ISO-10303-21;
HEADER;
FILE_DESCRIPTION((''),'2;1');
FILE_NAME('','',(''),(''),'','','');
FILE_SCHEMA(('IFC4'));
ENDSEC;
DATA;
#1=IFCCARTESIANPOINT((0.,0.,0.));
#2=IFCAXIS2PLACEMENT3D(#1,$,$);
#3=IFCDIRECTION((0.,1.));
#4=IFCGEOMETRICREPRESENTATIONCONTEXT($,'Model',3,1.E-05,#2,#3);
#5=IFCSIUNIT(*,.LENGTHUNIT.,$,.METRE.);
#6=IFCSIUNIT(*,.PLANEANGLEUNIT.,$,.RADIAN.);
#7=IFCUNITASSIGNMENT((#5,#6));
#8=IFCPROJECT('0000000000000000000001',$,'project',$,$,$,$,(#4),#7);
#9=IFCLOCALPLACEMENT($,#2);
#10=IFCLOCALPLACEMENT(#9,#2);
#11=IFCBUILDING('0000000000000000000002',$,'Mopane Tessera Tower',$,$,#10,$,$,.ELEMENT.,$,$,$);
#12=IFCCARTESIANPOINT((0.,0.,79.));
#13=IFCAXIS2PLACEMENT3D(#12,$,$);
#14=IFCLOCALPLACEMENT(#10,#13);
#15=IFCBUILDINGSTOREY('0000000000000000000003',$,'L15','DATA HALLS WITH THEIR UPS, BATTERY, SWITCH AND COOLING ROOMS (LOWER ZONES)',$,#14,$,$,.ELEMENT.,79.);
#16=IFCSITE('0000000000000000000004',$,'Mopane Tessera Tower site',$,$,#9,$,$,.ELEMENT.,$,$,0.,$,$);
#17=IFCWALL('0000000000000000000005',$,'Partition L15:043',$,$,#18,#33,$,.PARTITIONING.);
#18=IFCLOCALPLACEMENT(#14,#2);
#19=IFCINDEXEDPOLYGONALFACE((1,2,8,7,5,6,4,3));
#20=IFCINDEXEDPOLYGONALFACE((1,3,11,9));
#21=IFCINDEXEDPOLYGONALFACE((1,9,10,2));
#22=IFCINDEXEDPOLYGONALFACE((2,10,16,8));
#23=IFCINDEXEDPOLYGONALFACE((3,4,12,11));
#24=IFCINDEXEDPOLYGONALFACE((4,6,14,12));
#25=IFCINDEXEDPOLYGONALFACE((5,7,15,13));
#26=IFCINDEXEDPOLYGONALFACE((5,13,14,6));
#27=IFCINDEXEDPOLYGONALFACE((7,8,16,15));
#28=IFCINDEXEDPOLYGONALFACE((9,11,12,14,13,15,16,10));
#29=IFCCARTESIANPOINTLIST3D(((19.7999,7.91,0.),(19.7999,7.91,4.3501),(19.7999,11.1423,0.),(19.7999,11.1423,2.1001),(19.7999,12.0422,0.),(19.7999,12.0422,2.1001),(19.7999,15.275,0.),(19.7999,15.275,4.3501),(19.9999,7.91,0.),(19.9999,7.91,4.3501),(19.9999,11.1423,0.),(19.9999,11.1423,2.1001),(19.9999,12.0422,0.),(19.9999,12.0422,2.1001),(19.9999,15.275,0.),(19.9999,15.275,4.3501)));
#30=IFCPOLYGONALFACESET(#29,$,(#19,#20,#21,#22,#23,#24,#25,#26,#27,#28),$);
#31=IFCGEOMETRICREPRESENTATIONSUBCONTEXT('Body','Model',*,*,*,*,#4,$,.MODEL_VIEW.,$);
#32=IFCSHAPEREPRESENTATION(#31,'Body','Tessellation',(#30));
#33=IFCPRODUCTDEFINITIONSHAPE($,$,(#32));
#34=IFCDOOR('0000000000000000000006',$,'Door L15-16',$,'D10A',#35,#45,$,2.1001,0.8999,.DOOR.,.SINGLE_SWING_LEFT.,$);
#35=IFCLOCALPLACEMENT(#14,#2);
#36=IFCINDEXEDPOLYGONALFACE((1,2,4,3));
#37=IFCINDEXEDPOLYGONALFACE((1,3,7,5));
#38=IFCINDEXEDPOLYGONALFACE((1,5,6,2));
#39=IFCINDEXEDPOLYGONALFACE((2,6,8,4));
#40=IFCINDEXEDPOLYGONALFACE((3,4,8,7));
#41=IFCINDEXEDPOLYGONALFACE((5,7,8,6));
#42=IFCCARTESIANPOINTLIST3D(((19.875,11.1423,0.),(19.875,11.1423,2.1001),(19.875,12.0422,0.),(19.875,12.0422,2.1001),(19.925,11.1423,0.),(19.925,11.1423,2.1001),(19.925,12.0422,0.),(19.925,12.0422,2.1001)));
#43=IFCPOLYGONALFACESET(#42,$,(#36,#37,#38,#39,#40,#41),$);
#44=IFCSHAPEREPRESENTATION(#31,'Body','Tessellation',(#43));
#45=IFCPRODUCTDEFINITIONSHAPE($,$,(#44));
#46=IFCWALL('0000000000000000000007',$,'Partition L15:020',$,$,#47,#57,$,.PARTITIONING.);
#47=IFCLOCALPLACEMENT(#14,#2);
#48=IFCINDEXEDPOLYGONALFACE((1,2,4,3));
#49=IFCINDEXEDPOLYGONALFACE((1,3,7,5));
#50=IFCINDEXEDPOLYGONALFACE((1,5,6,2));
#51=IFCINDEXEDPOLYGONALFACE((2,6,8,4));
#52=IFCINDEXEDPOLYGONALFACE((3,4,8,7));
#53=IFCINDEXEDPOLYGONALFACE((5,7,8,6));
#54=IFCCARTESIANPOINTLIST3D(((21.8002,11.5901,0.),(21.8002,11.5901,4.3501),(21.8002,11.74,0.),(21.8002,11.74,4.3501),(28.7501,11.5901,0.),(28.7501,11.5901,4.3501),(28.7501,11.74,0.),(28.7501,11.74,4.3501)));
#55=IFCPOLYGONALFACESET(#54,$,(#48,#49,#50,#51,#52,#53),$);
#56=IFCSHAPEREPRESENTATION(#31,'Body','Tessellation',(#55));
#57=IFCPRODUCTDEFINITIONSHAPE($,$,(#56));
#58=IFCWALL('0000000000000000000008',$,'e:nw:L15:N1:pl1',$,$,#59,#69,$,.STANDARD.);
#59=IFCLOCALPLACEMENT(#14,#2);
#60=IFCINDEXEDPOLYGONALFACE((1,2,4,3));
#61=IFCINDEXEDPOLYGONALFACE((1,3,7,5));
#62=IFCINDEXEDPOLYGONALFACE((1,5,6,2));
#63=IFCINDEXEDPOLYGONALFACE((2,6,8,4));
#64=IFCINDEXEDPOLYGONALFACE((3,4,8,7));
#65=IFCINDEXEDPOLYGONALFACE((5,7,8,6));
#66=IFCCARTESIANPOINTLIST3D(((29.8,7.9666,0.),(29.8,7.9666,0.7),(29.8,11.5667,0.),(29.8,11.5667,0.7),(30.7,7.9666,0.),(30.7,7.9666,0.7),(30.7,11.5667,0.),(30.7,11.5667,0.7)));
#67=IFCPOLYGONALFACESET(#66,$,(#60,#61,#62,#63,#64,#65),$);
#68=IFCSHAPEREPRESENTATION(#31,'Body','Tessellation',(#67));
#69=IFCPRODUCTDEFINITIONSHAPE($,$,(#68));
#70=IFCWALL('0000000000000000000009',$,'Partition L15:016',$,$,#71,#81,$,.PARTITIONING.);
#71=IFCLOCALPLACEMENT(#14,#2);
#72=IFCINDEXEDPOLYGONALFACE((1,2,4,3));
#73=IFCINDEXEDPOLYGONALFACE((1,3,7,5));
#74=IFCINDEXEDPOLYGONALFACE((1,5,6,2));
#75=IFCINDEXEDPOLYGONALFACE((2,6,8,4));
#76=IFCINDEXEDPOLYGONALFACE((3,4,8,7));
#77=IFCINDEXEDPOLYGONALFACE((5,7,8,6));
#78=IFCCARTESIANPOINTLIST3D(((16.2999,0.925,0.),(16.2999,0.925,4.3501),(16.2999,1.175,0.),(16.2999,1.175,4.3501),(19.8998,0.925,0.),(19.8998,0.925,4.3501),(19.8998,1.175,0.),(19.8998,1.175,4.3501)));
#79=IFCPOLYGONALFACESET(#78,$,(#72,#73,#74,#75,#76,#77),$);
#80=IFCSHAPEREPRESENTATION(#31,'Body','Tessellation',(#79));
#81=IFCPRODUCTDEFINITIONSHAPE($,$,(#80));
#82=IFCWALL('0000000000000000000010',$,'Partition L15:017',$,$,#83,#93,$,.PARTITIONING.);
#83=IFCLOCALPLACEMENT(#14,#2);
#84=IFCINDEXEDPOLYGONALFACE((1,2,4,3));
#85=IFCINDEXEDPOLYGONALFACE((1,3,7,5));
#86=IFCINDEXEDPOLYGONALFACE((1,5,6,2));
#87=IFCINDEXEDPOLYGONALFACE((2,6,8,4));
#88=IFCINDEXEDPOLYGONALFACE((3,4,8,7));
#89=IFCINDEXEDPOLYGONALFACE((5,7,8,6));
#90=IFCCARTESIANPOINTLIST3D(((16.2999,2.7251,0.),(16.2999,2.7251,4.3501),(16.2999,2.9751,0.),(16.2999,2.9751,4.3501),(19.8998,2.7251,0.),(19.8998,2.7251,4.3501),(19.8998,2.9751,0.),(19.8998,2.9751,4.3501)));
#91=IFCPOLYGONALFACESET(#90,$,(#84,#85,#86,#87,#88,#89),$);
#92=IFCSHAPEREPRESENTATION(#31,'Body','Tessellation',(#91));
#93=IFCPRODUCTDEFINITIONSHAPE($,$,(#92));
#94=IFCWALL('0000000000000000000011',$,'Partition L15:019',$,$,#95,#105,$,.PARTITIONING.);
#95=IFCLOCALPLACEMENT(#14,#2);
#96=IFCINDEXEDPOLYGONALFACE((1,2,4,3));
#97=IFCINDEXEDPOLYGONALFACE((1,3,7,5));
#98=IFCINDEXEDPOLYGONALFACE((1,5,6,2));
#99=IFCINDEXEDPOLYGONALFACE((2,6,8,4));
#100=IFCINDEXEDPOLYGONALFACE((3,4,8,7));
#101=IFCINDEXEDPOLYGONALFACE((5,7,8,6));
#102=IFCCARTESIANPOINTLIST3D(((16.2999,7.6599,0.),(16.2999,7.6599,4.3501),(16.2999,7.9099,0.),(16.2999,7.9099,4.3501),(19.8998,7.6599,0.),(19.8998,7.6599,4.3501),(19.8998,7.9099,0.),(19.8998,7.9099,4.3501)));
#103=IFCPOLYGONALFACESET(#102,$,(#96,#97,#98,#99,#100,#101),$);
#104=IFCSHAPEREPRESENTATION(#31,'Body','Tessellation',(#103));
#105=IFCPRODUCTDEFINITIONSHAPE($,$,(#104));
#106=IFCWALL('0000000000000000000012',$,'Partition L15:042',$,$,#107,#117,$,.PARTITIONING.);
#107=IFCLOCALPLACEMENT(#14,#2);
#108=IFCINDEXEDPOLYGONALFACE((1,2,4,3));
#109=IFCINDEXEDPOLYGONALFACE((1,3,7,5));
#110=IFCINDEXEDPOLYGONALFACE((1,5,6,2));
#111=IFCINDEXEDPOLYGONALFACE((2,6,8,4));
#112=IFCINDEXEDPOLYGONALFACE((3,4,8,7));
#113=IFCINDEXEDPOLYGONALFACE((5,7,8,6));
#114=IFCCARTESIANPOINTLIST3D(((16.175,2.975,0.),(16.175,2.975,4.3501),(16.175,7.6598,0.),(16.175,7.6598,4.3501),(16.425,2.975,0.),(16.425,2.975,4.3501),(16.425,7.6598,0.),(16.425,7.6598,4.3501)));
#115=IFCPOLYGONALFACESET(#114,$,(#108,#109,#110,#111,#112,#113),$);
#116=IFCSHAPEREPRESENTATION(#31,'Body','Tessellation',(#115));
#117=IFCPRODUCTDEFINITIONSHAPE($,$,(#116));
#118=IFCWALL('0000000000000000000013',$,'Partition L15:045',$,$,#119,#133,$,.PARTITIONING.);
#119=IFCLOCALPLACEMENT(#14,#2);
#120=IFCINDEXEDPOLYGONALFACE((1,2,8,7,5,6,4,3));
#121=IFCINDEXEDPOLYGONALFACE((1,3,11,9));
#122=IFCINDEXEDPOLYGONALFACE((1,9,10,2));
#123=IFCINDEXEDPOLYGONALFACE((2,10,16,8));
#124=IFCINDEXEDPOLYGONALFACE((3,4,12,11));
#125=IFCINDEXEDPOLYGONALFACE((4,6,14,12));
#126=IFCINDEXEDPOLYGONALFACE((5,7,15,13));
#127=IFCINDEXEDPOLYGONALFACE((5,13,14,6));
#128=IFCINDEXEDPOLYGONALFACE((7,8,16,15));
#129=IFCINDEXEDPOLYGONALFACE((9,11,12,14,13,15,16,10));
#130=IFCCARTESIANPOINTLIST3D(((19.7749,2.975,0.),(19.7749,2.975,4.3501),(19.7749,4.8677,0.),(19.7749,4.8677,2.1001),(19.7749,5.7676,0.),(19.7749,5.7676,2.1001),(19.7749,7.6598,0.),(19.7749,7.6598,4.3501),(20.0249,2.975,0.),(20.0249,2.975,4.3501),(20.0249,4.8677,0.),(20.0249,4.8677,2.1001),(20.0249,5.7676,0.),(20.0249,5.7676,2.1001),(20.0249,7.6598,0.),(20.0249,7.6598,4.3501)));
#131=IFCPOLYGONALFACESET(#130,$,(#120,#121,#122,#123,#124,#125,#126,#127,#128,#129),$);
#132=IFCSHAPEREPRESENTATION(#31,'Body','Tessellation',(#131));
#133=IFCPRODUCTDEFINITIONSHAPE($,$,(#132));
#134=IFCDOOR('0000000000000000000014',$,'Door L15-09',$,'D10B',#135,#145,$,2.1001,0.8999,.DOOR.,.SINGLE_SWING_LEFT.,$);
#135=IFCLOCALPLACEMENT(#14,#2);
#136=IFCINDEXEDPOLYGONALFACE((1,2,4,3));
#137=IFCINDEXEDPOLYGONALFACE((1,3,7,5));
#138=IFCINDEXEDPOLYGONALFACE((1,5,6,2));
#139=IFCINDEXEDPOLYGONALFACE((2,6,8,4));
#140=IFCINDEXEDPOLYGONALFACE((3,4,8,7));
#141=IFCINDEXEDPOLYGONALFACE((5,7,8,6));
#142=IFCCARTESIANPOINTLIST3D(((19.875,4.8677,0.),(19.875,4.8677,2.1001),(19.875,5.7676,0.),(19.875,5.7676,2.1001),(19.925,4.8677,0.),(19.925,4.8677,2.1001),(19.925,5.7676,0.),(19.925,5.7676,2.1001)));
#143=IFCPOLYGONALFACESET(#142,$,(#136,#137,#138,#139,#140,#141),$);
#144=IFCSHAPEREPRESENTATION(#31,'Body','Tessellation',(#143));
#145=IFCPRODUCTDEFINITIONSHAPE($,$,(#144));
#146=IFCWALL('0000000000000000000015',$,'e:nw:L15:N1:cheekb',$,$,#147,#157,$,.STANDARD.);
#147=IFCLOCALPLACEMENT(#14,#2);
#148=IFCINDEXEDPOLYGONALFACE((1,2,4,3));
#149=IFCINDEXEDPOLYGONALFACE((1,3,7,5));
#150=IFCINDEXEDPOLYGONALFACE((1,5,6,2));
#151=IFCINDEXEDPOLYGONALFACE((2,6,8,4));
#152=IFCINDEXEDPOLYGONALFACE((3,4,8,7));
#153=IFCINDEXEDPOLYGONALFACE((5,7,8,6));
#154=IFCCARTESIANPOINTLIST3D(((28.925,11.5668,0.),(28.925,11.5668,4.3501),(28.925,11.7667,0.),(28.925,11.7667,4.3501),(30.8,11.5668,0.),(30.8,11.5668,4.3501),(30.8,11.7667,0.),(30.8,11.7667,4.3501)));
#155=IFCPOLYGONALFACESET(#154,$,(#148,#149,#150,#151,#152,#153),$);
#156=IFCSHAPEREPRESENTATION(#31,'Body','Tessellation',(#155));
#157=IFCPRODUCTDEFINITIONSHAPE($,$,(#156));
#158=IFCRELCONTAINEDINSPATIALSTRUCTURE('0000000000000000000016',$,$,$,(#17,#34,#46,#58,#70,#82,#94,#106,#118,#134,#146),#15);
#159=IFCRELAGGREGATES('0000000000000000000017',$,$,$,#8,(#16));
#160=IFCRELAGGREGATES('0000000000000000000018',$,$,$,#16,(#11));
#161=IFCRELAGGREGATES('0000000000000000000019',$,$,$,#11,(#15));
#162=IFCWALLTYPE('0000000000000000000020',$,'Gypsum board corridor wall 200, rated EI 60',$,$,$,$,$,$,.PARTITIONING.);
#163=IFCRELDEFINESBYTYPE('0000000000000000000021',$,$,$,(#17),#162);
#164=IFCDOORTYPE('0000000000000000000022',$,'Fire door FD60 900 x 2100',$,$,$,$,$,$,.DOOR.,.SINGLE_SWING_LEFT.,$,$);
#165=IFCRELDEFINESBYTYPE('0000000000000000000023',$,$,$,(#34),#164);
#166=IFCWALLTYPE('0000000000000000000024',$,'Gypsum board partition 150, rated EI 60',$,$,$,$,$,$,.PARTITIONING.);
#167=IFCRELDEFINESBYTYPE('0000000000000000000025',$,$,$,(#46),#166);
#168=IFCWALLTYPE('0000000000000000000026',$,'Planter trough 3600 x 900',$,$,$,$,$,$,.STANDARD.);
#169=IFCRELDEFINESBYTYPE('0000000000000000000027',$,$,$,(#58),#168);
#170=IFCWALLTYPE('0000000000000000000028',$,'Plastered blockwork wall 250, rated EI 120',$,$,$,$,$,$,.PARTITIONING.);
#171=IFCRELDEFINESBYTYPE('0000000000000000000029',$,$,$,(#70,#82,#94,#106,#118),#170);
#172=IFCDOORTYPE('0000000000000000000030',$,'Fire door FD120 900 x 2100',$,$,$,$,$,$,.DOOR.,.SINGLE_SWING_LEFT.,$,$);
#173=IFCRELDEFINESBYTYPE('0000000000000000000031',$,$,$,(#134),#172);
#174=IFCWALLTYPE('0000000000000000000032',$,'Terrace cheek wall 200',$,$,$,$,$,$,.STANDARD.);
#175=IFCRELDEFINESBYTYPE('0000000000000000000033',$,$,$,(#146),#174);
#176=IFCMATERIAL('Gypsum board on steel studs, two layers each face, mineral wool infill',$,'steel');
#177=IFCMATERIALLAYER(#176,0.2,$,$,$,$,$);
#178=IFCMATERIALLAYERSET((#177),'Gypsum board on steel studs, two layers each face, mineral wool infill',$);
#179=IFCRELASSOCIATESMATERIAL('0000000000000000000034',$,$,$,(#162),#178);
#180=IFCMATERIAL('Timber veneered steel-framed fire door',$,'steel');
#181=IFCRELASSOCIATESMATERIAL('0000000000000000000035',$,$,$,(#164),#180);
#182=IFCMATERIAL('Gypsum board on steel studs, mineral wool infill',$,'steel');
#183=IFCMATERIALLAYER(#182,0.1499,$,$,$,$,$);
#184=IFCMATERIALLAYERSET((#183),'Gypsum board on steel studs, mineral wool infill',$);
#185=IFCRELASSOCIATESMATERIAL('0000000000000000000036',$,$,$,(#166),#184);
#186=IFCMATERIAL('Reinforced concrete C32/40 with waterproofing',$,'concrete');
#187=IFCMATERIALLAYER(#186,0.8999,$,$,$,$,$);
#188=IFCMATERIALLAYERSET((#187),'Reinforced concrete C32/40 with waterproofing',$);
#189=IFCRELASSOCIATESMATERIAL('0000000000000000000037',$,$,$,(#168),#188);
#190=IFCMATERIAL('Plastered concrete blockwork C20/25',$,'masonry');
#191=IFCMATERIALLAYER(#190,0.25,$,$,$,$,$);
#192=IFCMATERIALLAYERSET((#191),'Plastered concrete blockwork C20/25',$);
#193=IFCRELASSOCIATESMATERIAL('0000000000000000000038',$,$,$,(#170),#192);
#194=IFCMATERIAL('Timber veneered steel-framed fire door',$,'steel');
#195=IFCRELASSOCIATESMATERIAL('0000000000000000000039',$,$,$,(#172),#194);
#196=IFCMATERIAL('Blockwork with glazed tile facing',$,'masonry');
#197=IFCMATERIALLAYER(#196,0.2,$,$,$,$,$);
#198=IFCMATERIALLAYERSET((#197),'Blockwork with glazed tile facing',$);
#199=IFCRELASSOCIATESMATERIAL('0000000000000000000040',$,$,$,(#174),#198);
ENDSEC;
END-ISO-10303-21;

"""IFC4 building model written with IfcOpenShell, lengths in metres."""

from ifc_helpers import new_model, si_unit, direction, frame, frame_2d, origin, place, context, subcontext, project, spatial, rectangle, extrude, material, layer, layer_set, type_object, element, fill, save


model = new_model("IFC4")

# Units and contexts
model_context = context("Model", 3, precision=1e-05, world=origin(), true_north=direction((0.0, 1.0)))
body_context = subcontext(model_context, "Body", "Model", "MODEL_VIEW")
ifc_project = project(units=[si_unit("LENGTHUNIT", "METRE"), si_unit("PLANEANGLEUNIT", "RADIAN")], contexts=[model_context])

# Site, building, storey
site_placement = place(None, origin())
site = spatial("IfcSite", under=ifc_project, at=site_placement, Name="Mopane Tessera Tower site", CompositionType="ELEMENT", RefElevation=0.0)
building_placement = place(site_placement, origin())
building = spatial("IfcBuilding", under=site, at=building_placement, Name="Mopane Tessera Tower", CompositionType="ELEMENT")
storey_placement = place(building_placement, frame((0.0, 0.0, 79.0)))
storey = spatial("IfcBuildingStorey", under=building, at=storey_placement, Name="L15", Description="DATA HALLS WITH THEIR UPS, BATTERY, SWITCH AND COOLING ROOMS (LOWER ZONES)", CompositionType="ELEMENT", Elevation=79.0)

# Shared definitions
ifc_material_1 = material(Name="Gypsum board on steel studs, two layers each face, mineral wool infill", Category="steel")
ifc_layer_1 = layer(ifc_material_1, 0.2)
ifc_layer_set_1 = layer_set([ifc_layer_1], Name="Gypsum board on steel studs, two layers each face, mineral wool infill")
wall_type_1 = type_object("IfcWallType", Name="Gypsum board corridor wall 200, rated EI 60", PredefinedType="PARTITIONING", material=ifc_layer_set_1)

# Wall, opening, door
wall_1_placement = place(storey_placement, frame((19.8999, 7.9099, 0.0), z_axis=(0.0, 0.0, 1.0), x_axis=(0.0, 1.0, 0.0)))
wall_1 = element("IfcWall", 1, at=wall_1_placement, inside=storey, type_object=wall_type_1, Name="Partition L15:043", PredefinedType="PARTITIONING", context=body_context, shape_type="SweptSolid", body=[
    extrude(rectangle(XDim=7.365, YDim=0.2, at=frame_2d((3.6826, 0.0))), origin(), (0.0, 0.0, 1.0), 4.3501),
])
opening_1_placement = place(wall_1_placement, frame((3.2324, 0.0, 0.0)))
opening_1 = element("IfcOpeningElement", 2, at=opening_1_placement, cuts=wall_1, PredefinedType="OPENING", context=body_context, shape_type="SweptSolid", body=[
    extrude(rectangle(XDim=0.8999, YDim=2.1001, at=frame_2d((0.45, 1.05))), frame((0.0, 0.1121, 0.0), z_axis=(0.0, -1.0, 0.0), x_axis=(1.0, 0.0, 0.0)), (0.0, 0.0, 1.0), 0.2239),
])
ifc_material_2 = material(Name="Timber veneered steel-framed fire door", Category="steel")
door_type_1 = type_object("IfcDoorType", Name="Fire door FD60 900 x 2100", OperationType="SINGLE_SWING_LEFT", PredefinedType="DOOR", material=ifc_material_2)
door_1_placement = place(opening_1_placement, origin())
door_1 = element("IfcDoor", 3, at=door_1_placement, inside=storey, type_object=door_type_1, Name="Door L15-16", ObjectType="D10A", OperationType="SINGLE_SWING_LEFT", OverallHeight=2.1001, OverallWidth=0.8999, PredefinedType="DOOR", context=body_context, shape_type="SweptSolid", body=[
    extrude(rectangle(XDim=0.8999, YDim=2.1001, at=frame_2d((0.45, 1.05))), frame((0.0, 0.0249, 0.0), z_axis=(0.0, -1.0, 0.0), x_axis=(1.0, 0.0, 0.0)), (0.0, 0.0, 1.0), 0.05),
])
fill(opening_1, door_1)

# Walls
ifc_material_3 = material(Name="Gypsum board on steel studs, mineral wool infill", Category="steel")
ifc_layer_2 = layer(ifc_material_3, 0.1499)
ifc_layer_set_2 = layer_set([ifc_layer_2], Name="Gypsum board on steel studs, mineral wool infill")
wall_type_2 = type_object("IfcWallType", Name="Gypsum board partition 150, rated EI 60", PredefinedType="PARTITIONING", material=ifc_layer_set_2)
wall_2_placement = place(storey_placement, frame((21.8, 11.665, 0.0), z_axis=(0.0, 0.0, 1.0), x_axis=(1.0, 0.0, 0.0)))
element("IfcWall", 4, at=wall_2_placement, inside=storey, type_object=wall_type_2, Name="Partition L15:020", PredefinedType="PARTITIONING", context=body_context, shape_type="SweptSolid", body=[
    extrude(rectangle(XDim=6.95, YDim=0.1499, at=frame_2d((3.4751, 0.0))), origin(), (0.0, 0.0, 1.0), 4.3501),
])
ifc_material_4 = material(Name="Reinforced concrete C32/40 with waterproofing", Category="concrete")
ifc_layer_3 = layer(ifc_material_4, 0.8999)
ifc_layer_set_3 = layer_set([ifc_layer_3], Name="Reinforced concrete C32/40 with waterproofing")
wall_type_3 = type_object("IfcWallType", Name="Planter trough 3600 x 900", PredefinedType="STANDARD", material=ifc_layer_set_3)
wall_3_placement = place(storey_placement, frame((30.25, 7.9666, 0.0), z_axis=(0.0, 0.0, 1.0), x_axis=(0.0, 1.0, 0.0)))
element("IfcWall", 5, at=wall_3_placement, inside=storey, type_object=wall_type_3, Name="e:nw:L15:N1:pl1", PredefinedType="STANDARD", context=body_context, shape_type="SweptSolid", body=[
    extrude(rectangle(XDim=3.6001, YDim=0.8999, at=frame_2d((1.8, 0.0))), origin(), (0.0, 0.0, 1.0), 0.7),
])
ifc_material_5 = material(Name="Plastered concrete blockwork C20/25", Category="masonry")
ifc_layer_4 = layer(ifc_material_5, 0.25)
ifc_layer_set_4 = layer_set([ifc_layer_4], Name="Plastered concrete blockwork C20/25")
wall_type_4 = type_object("IfcWallType", Name="Plastered blockwork wall 250, rated EI 120", PredefinedType="PARTITIONING", material=ifc_layer_set_4)
for number, where, z_axis, x_axis, name in (
    (6, (16.3, 1.05, 0.0), (0.0, 0.0, 1.0), (1.0, 0.0, 0.0), "Partition L15:016"),
    (7, (16.3, 2.8501, 0.0), (0.0, 0.0, 1.0), (1.0, 0.0, 0.0), "Partition L15:017"),
    (8, (16.3, 7.7849, 0.0), (0.0, 0.0, 1.0), (1.0, 0.0, 0.0), "Partition L15:019"),
):
    element("IfcWall", number, at=place(storey_placement, frame(where, z_axis=z_axis, x_axis=x_axis)), inside=storey, type_object=wall_type_4, Name=name, PredefinedType="PARTITIONING", context=body_context, shape_type="SweptSolid", body=[
        extrude(rectangle(XDim=3.5999, YDim=0.25, at=frame_2d((1.7998, 0.0))), origin(), (0.0, 0.0, 1.0), 4.3501),
    ])
wall_4_placement = place(storey_placement, frame((16.3, 2.9751, 0.0), z_axis=(0.0, 0.0, 1.0), x_axis=(0.0, 1.0, 0.0)))
element("IfcWall", 9, at=wall_4_placement, inside=storey, type_object=wall_type_4, Name="Partition L15:042", PredefinedType="PARTITIONING", context=body_context, shape_type="SweptSolid", body=[
    extrude(rectangle(XDim=4.6848, YDim=0.25, at=frame_2d((2.3423, 0.0))), origin(), (0.0, 0.0, 1.0), 4.3501),
])

# Wall, opening, door
wall_5_placement = place(storey_placement, frame((19.8999, 2.9751, 0.0), z_axis=(0.0, 0.0, 1.0), x_axis=(0.0, 1.0, 0.0)))
wall_5 = element("IfcWall", 10, at=wall_5_placement, inside=storey, type_object=wall_type_4, Name="Partition L15:045", PredefinedType="PARTITIONING", context=body_context, shape_type="SweptSolid", body=[
    extrude(rectangle(XDim=4.6848, YDim=0.25, at=frame_2d((2.3423, 0.0))), origin(), (0.0, 0.0, 1.0), 4.3501),
])
opening_2_placement = place(wall_5_placement, frame((1.8926, 0.0, 0.0)))
opening_2 = element("IfcOpeningElement", 11, at=opening_2_placement, cuts=wall_5, PredefinedType="OPENING", context=body_context, shape_type="SweptSolid", body=[
    extrude(rectangle(XDim=0.8999, YDim=2.1001, at=frame_2d((0.45, 1.05))), frame((0.0, 0.137, 0.0), z_axis=(0.0, -1.0, 0.0), x_axis=(1.0, 0.0, 0.0)), (0.0, 0.0, 1.0), 0.2739),
])
ifc_material_6 = material(Name="Timber veneered steel-framed fire door", Category="steel")
door_type_2 = type_object("IfcDoorType", Name="Fire door FD120 900 x 2100", OperationType="SINGLE_SWING_LEFT", PredefinedType="DOOR", material=ifc_material_6)
door_2_placement = place(opening_2_placement, origin())
door_2 = element("IfcDoor", 12, at=door_2_placement, inside=storey, type_object=door_type_2, Name="Door L15-09", ObjectType="D10B", OperationType="SINGLE_SWING_LEFT", OverallHeight=2.1001, OverallWidth=0.8999, PredefinedType="DOOR", context=body_context, shape_type="SweptSolid", body=[
    extrude(rectangle(XDim=0.8999, YDim=2.1001, at=frame_2d((0.45, 1.05))), frame((0.0, 0.0249, 0.0), z_axis=(0.0, -1.0, 0.0), x_axis=(1.0, 0.0, 0.0)), (0.0, 0.0, 1.0), 0.05),
])
fill(opening_2, door_2)

# Wall
ifc_material_7 = material(Name="Blockwork with glazed tile facing", Category="masonry")
ifc_layer_5 = layer(ifc_material_7, 0.2)
ifc_layer_set_5 = layer_set([ifc_layer_5], Name="Blockwork with glazed tile facing")
wall_type_5 = type_object("IfcWallType", Name="Terrace cheek wall 200", PredefinedType="STANDARD", material=ifc_layer_set_5)
wall_6_placement = place(storey_placement, frame((30.8, 11.6667, 0.0), z_axis=(0.0, 0.0, 1.0), x_axis=(-1.0, 0.0, 0.0)))
element("IfcWall", 13, at=wall_6_placement, inside=storey, type_object=wall_type_5, Name="e:nw:L15:N1:cheekb", PredefinedType="STANDARD", context=body_context, shape_type="SweptSolid", body=[
    extrude(rectangle(XDim=1.875, YDim=0.2, at=frame_2d((0.9375, 0.0))), origin(), (0.0, 0.0, 1.0), 4.3501),
])

save(model, "model.ifc")
